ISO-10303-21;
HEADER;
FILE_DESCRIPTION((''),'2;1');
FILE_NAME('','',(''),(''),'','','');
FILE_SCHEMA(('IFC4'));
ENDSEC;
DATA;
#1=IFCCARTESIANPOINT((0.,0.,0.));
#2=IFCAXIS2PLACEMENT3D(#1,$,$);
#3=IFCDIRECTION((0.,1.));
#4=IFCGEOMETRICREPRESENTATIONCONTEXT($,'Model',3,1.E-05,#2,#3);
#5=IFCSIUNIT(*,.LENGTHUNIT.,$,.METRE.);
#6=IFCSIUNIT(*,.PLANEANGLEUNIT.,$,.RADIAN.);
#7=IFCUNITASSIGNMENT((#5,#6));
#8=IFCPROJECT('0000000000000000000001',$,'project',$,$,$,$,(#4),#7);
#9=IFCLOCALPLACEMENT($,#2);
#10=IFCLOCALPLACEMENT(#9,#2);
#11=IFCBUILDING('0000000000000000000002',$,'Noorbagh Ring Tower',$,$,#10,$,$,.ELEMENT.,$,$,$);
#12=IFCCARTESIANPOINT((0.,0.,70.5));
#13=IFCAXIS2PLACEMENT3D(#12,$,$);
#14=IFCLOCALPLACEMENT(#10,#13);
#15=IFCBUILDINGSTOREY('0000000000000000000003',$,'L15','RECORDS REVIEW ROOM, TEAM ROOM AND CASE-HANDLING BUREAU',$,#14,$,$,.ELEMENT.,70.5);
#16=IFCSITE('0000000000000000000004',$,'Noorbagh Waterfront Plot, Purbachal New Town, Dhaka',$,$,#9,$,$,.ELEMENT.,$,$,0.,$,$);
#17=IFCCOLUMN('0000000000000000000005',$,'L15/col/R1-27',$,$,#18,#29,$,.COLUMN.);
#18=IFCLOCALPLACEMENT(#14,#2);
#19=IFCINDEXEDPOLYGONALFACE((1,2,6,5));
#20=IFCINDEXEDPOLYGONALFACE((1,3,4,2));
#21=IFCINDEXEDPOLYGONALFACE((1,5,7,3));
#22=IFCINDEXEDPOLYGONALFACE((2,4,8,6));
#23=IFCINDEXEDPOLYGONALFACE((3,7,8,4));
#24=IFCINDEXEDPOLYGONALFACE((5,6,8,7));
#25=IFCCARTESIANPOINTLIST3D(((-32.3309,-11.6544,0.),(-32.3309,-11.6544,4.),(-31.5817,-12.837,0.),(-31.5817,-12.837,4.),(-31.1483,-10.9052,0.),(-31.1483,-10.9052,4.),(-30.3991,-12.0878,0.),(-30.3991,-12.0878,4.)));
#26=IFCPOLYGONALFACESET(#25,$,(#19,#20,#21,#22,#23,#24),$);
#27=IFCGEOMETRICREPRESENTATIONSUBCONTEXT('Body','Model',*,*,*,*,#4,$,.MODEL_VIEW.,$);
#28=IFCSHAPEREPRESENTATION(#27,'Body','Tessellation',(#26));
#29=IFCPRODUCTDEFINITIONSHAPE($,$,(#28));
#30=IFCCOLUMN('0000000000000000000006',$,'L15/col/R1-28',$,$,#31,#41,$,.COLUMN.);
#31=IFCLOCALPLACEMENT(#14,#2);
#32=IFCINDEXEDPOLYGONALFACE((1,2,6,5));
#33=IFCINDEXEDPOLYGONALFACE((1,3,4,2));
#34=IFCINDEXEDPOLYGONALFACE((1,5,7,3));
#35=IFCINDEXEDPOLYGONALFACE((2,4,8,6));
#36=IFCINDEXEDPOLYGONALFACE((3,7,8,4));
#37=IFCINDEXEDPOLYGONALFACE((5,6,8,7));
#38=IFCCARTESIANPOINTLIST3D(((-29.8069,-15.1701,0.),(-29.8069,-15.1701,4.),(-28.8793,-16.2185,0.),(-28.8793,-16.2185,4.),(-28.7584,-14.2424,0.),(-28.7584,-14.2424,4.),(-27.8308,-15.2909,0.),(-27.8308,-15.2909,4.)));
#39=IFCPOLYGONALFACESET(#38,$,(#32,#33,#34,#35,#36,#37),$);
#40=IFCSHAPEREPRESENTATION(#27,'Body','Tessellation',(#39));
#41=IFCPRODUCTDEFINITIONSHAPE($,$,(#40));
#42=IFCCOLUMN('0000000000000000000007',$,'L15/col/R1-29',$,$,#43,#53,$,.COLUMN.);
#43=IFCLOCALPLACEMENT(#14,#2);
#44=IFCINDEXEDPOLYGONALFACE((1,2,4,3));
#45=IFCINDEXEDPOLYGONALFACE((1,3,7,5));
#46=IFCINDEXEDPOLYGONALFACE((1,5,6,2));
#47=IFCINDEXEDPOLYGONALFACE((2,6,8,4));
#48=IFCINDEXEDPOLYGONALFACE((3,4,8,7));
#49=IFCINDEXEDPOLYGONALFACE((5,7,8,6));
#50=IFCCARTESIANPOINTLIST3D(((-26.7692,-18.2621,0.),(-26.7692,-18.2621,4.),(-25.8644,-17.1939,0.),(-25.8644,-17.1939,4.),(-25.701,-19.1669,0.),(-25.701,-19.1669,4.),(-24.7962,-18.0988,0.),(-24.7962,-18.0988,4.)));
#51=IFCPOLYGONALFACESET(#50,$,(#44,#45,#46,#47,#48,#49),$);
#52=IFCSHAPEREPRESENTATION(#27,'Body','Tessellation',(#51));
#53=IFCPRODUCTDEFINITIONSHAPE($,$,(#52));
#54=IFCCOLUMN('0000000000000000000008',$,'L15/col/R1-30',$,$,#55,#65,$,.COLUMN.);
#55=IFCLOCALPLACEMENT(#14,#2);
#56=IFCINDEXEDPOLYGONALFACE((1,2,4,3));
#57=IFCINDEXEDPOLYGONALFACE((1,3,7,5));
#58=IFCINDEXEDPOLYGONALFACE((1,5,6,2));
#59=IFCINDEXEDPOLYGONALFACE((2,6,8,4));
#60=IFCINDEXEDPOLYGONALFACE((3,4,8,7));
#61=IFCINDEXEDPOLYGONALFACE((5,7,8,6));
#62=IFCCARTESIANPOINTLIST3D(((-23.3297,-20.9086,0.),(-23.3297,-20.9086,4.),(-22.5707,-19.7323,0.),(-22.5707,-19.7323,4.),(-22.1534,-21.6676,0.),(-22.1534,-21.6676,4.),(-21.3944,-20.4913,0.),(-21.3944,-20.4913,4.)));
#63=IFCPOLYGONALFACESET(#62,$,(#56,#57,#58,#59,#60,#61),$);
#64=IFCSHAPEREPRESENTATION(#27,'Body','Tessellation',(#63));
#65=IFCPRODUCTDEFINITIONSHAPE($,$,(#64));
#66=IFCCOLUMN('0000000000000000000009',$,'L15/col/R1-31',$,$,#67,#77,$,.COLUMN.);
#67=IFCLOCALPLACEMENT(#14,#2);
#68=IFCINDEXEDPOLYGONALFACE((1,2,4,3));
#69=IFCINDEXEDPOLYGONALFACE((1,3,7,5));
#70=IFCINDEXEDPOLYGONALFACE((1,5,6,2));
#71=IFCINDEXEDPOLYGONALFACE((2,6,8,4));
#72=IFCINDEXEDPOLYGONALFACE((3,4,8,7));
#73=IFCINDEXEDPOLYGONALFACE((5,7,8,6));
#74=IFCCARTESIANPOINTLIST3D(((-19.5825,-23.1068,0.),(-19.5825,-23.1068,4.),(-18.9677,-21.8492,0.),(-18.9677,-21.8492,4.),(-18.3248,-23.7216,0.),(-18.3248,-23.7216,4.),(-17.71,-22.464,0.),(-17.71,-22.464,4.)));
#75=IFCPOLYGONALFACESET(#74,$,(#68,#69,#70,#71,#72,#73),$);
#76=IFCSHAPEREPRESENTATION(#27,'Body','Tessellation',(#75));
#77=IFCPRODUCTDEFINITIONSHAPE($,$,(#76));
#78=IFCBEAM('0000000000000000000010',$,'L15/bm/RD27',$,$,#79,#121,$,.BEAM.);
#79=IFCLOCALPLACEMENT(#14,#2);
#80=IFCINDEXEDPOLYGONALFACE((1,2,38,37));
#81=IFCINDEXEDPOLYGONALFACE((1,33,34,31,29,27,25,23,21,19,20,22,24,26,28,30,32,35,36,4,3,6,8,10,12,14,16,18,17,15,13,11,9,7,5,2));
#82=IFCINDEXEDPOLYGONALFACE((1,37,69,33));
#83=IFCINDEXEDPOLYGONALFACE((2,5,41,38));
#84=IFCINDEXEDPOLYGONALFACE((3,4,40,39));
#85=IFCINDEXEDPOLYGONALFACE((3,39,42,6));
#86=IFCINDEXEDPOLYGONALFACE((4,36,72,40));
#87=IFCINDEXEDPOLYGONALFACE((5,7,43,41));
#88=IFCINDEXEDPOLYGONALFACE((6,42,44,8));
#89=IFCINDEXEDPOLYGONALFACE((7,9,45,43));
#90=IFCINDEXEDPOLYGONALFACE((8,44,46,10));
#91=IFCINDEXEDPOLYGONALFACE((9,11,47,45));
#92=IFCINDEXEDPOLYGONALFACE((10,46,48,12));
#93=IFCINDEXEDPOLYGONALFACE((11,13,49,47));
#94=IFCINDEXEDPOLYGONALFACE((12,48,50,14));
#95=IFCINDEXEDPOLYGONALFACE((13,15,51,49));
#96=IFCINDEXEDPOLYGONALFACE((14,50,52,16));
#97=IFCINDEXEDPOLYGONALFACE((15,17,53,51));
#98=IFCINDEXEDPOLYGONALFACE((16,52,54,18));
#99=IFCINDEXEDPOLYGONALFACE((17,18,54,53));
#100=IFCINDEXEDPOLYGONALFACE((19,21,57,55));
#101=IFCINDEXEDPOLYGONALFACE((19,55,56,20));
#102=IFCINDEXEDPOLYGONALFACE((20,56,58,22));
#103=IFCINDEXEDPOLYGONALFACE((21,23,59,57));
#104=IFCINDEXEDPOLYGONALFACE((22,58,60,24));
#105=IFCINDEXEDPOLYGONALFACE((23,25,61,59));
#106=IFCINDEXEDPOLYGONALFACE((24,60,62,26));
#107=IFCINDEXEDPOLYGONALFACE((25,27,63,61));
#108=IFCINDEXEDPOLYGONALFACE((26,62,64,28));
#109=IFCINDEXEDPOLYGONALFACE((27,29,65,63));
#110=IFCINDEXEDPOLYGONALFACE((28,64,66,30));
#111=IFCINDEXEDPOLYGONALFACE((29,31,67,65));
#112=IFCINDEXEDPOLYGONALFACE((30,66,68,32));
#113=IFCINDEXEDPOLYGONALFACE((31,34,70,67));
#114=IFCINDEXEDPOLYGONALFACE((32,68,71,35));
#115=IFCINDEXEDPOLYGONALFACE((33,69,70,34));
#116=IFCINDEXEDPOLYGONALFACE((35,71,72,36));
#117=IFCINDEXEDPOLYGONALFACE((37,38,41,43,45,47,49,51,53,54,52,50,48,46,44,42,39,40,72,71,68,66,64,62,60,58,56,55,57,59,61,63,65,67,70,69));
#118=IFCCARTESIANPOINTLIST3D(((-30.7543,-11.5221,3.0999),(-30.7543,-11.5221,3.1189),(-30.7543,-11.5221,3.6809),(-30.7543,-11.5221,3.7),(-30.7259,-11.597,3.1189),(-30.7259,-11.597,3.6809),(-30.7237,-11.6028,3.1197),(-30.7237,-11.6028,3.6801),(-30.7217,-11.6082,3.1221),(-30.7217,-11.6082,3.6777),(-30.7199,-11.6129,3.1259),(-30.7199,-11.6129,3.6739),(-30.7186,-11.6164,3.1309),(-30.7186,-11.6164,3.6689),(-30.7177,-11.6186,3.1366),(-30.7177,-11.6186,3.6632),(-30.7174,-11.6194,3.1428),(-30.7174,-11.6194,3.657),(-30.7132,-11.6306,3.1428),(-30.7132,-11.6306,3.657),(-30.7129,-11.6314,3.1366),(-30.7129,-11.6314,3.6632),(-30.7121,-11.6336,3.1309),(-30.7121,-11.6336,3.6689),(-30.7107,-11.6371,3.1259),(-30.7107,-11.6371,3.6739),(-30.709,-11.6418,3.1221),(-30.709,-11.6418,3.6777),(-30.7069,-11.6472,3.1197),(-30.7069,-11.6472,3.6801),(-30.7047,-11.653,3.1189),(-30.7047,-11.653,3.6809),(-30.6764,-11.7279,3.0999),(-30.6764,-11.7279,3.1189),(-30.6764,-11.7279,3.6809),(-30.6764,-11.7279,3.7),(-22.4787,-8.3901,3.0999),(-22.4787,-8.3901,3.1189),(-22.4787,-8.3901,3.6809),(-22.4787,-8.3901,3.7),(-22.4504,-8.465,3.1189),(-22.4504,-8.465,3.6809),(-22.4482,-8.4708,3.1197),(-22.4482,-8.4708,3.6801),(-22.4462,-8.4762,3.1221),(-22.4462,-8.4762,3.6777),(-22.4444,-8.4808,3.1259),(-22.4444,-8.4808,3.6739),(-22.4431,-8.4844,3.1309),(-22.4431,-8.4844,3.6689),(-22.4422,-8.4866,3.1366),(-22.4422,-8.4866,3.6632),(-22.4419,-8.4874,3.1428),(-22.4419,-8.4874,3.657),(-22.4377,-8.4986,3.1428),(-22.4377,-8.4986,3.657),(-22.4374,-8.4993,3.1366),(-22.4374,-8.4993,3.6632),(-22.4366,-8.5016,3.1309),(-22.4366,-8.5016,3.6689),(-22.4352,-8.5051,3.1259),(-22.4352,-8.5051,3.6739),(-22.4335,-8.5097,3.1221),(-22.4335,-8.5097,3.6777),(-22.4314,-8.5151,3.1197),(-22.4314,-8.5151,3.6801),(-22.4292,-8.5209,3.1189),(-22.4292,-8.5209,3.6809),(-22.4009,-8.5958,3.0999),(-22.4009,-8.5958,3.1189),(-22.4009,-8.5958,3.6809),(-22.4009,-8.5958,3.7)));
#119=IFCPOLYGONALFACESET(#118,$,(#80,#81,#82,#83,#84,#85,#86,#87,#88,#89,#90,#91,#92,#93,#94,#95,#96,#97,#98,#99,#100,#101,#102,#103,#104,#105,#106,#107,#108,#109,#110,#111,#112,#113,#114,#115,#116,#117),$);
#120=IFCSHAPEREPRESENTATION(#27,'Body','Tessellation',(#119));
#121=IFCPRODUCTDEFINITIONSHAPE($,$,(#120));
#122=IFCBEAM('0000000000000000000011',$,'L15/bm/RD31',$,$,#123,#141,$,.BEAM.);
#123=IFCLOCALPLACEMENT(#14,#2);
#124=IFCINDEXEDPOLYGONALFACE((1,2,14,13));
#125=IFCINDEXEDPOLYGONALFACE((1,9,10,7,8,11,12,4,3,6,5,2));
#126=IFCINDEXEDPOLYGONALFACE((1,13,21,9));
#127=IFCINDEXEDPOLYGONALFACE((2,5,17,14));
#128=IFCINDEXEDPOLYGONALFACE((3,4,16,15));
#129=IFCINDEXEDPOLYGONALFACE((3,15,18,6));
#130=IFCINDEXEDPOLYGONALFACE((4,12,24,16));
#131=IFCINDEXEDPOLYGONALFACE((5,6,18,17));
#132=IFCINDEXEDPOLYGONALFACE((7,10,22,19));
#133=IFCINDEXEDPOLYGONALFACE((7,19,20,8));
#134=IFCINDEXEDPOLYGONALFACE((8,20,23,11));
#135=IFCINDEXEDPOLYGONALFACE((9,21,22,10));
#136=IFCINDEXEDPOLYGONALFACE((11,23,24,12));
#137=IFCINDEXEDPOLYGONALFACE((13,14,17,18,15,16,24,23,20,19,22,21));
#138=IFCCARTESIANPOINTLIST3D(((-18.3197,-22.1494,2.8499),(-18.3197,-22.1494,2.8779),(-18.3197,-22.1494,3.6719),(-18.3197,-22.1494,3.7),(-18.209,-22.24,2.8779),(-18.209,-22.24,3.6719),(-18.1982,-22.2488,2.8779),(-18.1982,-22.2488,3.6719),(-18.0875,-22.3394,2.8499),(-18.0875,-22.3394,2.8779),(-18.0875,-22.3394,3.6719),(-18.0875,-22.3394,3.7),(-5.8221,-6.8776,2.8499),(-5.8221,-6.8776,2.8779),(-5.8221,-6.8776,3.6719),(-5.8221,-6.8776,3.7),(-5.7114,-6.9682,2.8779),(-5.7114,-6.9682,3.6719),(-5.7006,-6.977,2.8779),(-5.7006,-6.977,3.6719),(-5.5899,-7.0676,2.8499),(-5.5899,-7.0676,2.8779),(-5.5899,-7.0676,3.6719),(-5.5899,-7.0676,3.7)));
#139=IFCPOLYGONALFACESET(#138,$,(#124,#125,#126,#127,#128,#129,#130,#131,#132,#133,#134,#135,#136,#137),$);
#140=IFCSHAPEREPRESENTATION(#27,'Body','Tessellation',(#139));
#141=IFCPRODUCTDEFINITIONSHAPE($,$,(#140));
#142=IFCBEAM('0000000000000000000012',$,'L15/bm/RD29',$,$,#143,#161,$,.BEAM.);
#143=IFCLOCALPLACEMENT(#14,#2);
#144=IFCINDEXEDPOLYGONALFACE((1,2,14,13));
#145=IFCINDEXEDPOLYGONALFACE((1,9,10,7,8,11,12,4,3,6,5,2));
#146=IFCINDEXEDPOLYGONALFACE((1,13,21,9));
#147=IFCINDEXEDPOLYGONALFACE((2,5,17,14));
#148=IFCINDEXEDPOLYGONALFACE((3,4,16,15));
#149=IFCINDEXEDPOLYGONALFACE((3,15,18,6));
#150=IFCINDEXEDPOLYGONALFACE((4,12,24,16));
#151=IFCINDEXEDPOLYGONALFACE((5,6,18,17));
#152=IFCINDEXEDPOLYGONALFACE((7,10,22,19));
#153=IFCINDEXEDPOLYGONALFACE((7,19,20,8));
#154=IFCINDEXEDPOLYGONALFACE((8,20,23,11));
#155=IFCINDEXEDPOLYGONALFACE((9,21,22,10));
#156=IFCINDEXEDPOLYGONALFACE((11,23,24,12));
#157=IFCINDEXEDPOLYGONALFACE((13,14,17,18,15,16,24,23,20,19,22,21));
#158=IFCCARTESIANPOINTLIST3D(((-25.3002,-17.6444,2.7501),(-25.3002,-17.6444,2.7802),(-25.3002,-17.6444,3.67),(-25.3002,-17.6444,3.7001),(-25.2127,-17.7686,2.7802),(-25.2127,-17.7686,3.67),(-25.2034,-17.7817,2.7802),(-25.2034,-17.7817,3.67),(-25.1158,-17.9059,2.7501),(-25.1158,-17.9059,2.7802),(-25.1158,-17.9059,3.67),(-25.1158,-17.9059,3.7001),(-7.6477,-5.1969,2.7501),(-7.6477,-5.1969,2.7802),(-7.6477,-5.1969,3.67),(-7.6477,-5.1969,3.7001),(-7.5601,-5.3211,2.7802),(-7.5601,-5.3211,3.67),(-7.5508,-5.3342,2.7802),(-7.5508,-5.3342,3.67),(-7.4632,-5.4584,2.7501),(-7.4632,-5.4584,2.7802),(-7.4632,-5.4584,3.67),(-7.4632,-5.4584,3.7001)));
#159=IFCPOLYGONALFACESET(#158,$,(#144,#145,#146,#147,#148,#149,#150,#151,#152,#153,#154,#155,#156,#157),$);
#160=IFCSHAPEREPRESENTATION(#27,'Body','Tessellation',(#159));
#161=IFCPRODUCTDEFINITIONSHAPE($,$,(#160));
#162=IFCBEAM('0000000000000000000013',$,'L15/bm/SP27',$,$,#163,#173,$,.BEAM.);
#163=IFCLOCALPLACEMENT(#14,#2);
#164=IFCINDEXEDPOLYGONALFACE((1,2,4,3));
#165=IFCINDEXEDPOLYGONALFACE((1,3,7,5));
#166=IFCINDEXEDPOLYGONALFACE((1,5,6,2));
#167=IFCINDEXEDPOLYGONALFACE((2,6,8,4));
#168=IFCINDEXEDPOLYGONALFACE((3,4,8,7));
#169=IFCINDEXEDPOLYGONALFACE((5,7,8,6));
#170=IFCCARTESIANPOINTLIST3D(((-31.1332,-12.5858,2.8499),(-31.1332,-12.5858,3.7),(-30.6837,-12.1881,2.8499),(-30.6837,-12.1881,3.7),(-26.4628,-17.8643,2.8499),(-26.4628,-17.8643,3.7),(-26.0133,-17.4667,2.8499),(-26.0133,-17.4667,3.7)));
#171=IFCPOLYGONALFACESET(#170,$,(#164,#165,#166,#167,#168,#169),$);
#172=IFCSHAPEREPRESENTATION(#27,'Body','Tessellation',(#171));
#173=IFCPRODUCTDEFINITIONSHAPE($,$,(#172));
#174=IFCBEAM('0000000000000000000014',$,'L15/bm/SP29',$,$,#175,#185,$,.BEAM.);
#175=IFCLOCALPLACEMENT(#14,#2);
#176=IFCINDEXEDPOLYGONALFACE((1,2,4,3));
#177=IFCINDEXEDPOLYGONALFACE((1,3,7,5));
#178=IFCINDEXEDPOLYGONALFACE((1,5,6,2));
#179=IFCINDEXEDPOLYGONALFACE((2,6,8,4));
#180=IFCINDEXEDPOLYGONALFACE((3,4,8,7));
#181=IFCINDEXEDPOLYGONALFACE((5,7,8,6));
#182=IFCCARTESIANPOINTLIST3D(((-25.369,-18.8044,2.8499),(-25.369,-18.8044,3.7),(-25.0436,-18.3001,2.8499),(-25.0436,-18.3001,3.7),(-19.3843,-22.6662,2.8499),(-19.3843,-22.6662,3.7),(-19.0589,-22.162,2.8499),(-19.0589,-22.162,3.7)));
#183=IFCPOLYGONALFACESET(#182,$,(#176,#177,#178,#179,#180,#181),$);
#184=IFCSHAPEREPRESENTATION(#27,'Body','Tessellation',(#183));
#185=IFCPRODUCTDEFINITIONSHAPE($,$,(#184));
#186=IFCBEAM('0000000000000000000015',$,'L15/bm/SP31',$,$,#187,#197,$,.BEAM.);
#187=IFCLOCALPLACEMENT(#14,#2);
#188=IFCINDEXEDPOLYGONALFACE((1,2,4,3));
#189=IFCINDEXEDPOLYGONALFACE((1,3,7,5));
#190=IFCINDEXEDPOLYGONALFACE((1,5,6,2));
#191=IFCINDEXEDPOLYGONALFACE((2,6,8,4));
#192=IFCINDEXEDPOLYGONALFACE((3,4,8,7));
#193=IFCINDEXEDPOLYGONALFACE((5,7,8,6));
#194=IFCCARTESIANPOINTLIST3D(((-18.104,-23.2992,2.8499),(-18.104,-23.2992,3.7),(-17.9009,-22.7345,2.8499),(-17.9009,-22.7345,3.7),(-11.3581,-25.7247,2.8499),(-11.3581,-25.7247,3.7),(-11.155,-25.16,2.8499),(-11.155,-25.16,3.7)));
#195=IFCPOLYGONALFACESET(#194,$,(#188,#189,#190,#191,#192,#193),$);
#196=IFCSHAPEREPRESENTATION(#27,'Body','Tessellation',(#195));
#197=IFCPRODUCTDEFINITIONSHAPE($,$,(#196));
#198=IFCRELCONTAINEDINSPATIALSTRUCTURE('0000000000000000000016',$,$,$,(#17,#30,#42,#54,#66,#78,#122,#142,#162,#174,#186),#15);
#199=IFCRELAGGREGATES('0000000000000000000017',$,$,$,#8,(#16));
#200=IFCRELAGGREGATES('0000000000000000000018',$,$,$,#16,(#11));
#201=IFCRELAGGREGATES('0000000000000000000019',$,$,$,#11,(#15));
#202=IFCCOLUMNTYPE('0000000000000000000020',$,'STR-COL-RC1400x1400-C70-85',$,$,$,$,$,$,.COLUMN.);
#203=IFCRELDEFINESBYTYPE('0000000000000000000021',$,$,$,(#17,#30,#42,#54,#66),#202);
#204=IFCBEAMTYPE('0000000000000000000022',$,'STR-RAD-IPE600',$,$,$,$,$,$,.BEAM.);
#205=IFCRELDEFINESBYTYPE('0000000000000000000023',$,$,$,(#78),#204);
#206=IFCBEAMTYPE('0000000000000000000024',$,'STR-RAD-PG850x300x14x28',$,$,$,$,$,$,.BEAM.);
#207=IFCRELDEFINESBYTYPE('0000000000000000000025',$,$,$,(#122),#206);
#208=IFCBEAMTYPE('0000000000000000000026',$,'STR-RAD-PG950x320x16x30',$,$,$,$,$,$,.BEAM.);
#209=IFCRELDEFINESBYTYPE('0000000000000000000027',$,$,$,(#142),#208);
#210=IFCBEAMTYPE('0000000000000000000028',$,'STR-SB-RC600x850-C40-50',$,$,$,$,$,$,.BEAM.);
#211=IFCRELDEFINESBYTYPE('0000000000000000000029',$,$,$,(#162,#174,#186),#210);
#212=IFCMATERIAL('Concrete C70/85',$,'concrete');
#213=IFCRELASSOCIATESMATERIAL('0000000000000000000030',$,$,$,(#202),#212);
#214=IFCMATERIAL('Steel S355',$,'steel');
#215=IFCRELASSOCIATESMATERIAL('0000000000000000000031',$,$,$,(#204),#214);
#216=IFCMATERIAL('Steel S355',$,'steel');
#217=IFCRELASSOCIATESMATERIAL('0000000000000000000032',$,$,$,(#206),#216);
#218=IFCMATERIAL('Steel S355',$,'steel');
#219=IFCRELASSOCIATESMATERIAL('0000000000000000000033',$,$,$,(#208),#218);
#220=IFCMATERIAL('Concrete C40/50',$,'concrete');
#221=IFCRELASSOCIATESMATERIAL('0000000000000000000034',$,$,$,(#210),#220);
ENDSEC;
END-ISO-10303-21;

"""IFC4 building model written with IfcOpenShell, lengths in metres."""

from ifc_helpers import new_model, si_unit, direction, frame, origin, origin_2d, place, context, subcontext, project, spatial, rectangle, i_section, extrude, material, material_profile, profile_set, type_object, element, save


model = new_model("IFC4")

# Units and contexts
model_context = context("Model", 3, precision=1e-05, world=origin(), true_north=direction((0.0, 1.0)))
body_context = subcontext(model_context, "Body", "Model", "MODEL_VIEW")
ifc_project = project(units=[si_unit("LENGTHUNIT", "METRE"), si_unit("PLANEANGLEUNIT", "RADIAN")], contexts=[model_context])

# Site, building, storey
site_placement = place(None, origin())
site = spatial("IfcSite", under=ifc_project, at=site_placement, Name="Noorbagh Waterfront Plot, Purbachal New Town, Dhaka", CompositionType="ELEMENT", RefElevation=0.0)
building_placement = place(site_placement, origin())
building = spatial("IfcBuilding", under=site, at=building_placement, Name="Noorbagh Ring Tower", CompositionType="ELEMENT")
storey_placement = place(building_placement, frame((0.0, 0.0, 70.5)))
storey = spatial("IfcBuildingStorey", under=building, at=storey_placement, Name="L15", Description="RECORDS REVIEW ROOM, TEAM ROOM AND CASE-HANDLING BUREAU", CompositionType="ELEMENT", Elevation=70.5)

# Columns
ifc_material_1 = material(Name="Concrete C70/85", Category="concrete")
ifc_material_profile_1 = material_profile(ifc_material_1, rectangle(XDim=1.3999, YDim=1.3999, at=origin_2d()), Name="RC1400x1400")
ifc_profile_set_1 = profile_set([ifc_material_profile_1], Name="Concrete C70/85")
column_type = type_object("IfcColumnType", Name="STR-COL-RC1400x1400-C70-85", PredefinedType="COLUMN", material=ifc_profile_set_1)
for number, where, z_axis, x_axis, name in (
    (1, (-31.365, -11.8711, 0.0), (0.0, 0.0, 1.0), (0.53519, -0.844731, 0.0), "L15/col/R1-27"),
    (2, (-28.8188, -15.2305, 0.0), (0.0, 0.0, 1.0), (0.662636, -0.748942, 0.0), "L15/col/R1-28"),
    (3, (-25.7827, -18.1804, 0.0), (0.0, 0.0, 1.0), (0.763035, -0.646357, 0.0), "L15/col/R1-29"),
    (4, (-22.3621, -20.7, 0.0), (0.0, 0.0, 1.0), (0.840248, -0.542203, 0.0), "L15/col/R1-30"),
    (5, (-18.6462, -22.7854, 0.0), (0.0, 0.0, 1.0), (0.898399, -0.43918, 0.0), "L15/col/R1-31"),
):
    element("IfcColumn", number, at=place(storey_placement, frame(where, z_axis=z_axis, x_axis=x_axis)), inside=storey, type_object=column_type, Name=name, PredefinedType="COLUMN", context=body_context, shape_type="SweptSolid", body=[
        extrude(rectangle(XDim=1.3999, YDim=1.3999, at=origin_2d()), origin(), (0.0, 0.0, 1.0), 4.0),
    ])

# Beams
ifc_material_2 = material(Name="Steel S355", Category="steel")
ifc_material_profile_2 = material_profile(ifc_material_2, i_section(OverallWidth=0.22, OverallDepth=0.6001, WebThickness=0.012, FlangeThickness=0.019, FilletRadius=0.0239, at=origin_2d()), Name="IPE600")
ifc_profile_set_2 = profile_set([ifc_material_profile_2], Name="Steel S355")
beam_type_1 = type_object("IfcBeamType", Name="STR-RAD-IPE600", PredefinedType="BEAM", material=ifc_profile_set_2)
beam_1_placement = place(storey_placement, frame((-30.7153, -11.625, 3.3999), z_axis=(0.935258, 0.353967, 0.0), x_axis=(-0.353967, 0.935258, 0.0)))
element("IfcBeam", 6, at=beam_1_placement, inside=storey, type_object=beam_type_1, Name="L15/bm/RD27", PredefinedType="BEAM", context=body_context, shape_type="SweptSolid", body=[
    extrude(i_section(OverallWidth=0.22, OverallDepth=0.6001, WebThickness=0.012, FlangeThickness=0.019, FilletRadius=0.0239, at=origin_2d()), origin(), (0.0, 0.0, 1.0), 8.8484),
])
ifc_material_3 = material(Name="Steel S355", Category="steel")
ifc_material_profile_3 = material_profile(ifc_material_3, i_section(OverallWidth=0.3, OverallDepth=0.8501, WebThickness=0.0139, FlangeThickness=0.0281, at=origin_2d()), Name="PG850x300x14x28")
ifc_profile_set_3 = profile_set([ifc_material_profile_3], Name="Steel S355")
beam_type_2 = type_object("IfcBeamType", Name="STR-RAD-PG850x300x14x28", PredefinedType="BEAM", material=ifc_profile_set_3)
beam_2_placement = place(storey_placement, frame((-18.2036, -22.2444, 3.2749), z_axis=(0.633314, 0.773895, 0.0), x_axis=(-0.773895, 0.633314, 0.0)))
element("IfcBeam", 7, at=beam_2_placement, inside=storey, type_object=beam_type_2, Name="L15/bm/RD31", PredefinedType="BEAM", context=body_context, shape_type="SweptSolid", body=[
    extrude(i_section(OverallWidth=0.3, OverallDepth=0.8501, WebThickness=0.0139, FlangeThickness=0.0281, at=origin_2d()), origin(), (0.0, 0.0, 1.0), 19.7336),
])
ifc_material_4 = material(Name="Steel S355", Category="steel")
ifc_material_profile_4 = material_profile(ifc_material_4, i_section(OverallWidth=0.3201, OverallDepth=0.95, WebThickness=0.0161, FlangeThickness=0.03, at=origin_2d()), Name="PG950x320x16x30")
ifc_profile_set_4 = profile_set([ifc_material_profile_4], Name="Steel S355")
beam_type_3 = type_object("IfcBeamType", Name="STR-RAD-PG950x320x16x30", PredefinedType="BEAM", material=ifc_profile_set_4)
beam_3_placement = place(storey_placement, frame((-25.208, -17.7751, 3.2251), z_axis=(0.817254, 0.576277, 0.0), x_axis=(-0.576277, 0.817254, 0.0)))
element("IfcBeam", 8, at=beam_3_placement, inside=storey, type_object=beam_type_3, Name="L15/bm/RD29", PredefinedType="BEAM", context=body_context, shape_type="SweptSolid", body=[
    extrude(i_section(OverallWidth=0.3201, OverallDepth=0.95, WebThickness=0.0161, FlangeThickness=0.03, at=origin_2d()), origin(), (0.0, 0.0, 1.0), 21.5999),
])
ifc_material_5 = material(Name="Concrete C40/50", Category="concrete")
ifc_material_profile_5 = material_profile(ifc_material_5, rectangle(XDim=0.6001, YDim=0.8501, at=origin_2d()), Name="RC600x850")
ifc_profile_set_5 = profile_set([ifc_material_profile_5], Name="Concrete C40/50")
beam_type_4 = type_object("IfcBeamType", Name="STR-SB-RC600x850-C40-50", PredefinedType="BEAM", material=ifc_profile_set_5)
beam_4_placement = place(storey_placement, frame((-30.9084, -12.387, 3.2749), z_axis=(0.662646, -0.748932, 0.0), x_axis=(0.748932, 0.662646, 0.0)))
element("IfcBeam", 9, at=beam_4_placement, inside=storey, type_object=beam_type_4, Name="L15/bm/SP27", PredefinedType="BEAM", context=body_context, shape_type="SweptSolid", body=[
    extrude(rectangle(XDim=0.6001, YDim=0.8501, at=origin_2d()), origin(), (0.0, 0.0, 1.0), 7.0481),
])
beam_5_placement = place(storey_placement, frame((-25.2063, -18.5522, 3.2749), z_axis=(0.840247, -0.542203, 0.0), x_axis=(0.542203, 0.840247, 0.0)))
element("IfcBeam", 10, at=beam_5_placement, inside=storey, type_object=beam_type_4, Name="L15/bm/SP29", PredefinedType="BEAM", context=body_context, shape_type="SweptSolid", body=[
    extrude(rectangle(XDim=0.6001, YDim=0.8501, at=origin_2d()), origin(), (0.0, 0.0, 1.0), 7.1226),
])
beam_6_placement = place(storey_placement, frame((-18.0024, -23.0168, 3.2749), z_axis=(0.941019, -0.338353, 0.0), x_axis=(0.338353, 0.941019, 0.0)))
element("IfcBeam", 11, at=beam_6_placement, inside=storey, type_object=beam_type_4, Name="L15/bm/SP31", PredefinedType="BEAM", context=body_context, shape_type="SweptSolid", body=[
    extrude(rectangle(XDim=0.6001, YDim=0.8501, at=origin_2d()), origin(), (0.0, 0.0, 1.0), 7.1687),
])

save(model, "model.ifc")
